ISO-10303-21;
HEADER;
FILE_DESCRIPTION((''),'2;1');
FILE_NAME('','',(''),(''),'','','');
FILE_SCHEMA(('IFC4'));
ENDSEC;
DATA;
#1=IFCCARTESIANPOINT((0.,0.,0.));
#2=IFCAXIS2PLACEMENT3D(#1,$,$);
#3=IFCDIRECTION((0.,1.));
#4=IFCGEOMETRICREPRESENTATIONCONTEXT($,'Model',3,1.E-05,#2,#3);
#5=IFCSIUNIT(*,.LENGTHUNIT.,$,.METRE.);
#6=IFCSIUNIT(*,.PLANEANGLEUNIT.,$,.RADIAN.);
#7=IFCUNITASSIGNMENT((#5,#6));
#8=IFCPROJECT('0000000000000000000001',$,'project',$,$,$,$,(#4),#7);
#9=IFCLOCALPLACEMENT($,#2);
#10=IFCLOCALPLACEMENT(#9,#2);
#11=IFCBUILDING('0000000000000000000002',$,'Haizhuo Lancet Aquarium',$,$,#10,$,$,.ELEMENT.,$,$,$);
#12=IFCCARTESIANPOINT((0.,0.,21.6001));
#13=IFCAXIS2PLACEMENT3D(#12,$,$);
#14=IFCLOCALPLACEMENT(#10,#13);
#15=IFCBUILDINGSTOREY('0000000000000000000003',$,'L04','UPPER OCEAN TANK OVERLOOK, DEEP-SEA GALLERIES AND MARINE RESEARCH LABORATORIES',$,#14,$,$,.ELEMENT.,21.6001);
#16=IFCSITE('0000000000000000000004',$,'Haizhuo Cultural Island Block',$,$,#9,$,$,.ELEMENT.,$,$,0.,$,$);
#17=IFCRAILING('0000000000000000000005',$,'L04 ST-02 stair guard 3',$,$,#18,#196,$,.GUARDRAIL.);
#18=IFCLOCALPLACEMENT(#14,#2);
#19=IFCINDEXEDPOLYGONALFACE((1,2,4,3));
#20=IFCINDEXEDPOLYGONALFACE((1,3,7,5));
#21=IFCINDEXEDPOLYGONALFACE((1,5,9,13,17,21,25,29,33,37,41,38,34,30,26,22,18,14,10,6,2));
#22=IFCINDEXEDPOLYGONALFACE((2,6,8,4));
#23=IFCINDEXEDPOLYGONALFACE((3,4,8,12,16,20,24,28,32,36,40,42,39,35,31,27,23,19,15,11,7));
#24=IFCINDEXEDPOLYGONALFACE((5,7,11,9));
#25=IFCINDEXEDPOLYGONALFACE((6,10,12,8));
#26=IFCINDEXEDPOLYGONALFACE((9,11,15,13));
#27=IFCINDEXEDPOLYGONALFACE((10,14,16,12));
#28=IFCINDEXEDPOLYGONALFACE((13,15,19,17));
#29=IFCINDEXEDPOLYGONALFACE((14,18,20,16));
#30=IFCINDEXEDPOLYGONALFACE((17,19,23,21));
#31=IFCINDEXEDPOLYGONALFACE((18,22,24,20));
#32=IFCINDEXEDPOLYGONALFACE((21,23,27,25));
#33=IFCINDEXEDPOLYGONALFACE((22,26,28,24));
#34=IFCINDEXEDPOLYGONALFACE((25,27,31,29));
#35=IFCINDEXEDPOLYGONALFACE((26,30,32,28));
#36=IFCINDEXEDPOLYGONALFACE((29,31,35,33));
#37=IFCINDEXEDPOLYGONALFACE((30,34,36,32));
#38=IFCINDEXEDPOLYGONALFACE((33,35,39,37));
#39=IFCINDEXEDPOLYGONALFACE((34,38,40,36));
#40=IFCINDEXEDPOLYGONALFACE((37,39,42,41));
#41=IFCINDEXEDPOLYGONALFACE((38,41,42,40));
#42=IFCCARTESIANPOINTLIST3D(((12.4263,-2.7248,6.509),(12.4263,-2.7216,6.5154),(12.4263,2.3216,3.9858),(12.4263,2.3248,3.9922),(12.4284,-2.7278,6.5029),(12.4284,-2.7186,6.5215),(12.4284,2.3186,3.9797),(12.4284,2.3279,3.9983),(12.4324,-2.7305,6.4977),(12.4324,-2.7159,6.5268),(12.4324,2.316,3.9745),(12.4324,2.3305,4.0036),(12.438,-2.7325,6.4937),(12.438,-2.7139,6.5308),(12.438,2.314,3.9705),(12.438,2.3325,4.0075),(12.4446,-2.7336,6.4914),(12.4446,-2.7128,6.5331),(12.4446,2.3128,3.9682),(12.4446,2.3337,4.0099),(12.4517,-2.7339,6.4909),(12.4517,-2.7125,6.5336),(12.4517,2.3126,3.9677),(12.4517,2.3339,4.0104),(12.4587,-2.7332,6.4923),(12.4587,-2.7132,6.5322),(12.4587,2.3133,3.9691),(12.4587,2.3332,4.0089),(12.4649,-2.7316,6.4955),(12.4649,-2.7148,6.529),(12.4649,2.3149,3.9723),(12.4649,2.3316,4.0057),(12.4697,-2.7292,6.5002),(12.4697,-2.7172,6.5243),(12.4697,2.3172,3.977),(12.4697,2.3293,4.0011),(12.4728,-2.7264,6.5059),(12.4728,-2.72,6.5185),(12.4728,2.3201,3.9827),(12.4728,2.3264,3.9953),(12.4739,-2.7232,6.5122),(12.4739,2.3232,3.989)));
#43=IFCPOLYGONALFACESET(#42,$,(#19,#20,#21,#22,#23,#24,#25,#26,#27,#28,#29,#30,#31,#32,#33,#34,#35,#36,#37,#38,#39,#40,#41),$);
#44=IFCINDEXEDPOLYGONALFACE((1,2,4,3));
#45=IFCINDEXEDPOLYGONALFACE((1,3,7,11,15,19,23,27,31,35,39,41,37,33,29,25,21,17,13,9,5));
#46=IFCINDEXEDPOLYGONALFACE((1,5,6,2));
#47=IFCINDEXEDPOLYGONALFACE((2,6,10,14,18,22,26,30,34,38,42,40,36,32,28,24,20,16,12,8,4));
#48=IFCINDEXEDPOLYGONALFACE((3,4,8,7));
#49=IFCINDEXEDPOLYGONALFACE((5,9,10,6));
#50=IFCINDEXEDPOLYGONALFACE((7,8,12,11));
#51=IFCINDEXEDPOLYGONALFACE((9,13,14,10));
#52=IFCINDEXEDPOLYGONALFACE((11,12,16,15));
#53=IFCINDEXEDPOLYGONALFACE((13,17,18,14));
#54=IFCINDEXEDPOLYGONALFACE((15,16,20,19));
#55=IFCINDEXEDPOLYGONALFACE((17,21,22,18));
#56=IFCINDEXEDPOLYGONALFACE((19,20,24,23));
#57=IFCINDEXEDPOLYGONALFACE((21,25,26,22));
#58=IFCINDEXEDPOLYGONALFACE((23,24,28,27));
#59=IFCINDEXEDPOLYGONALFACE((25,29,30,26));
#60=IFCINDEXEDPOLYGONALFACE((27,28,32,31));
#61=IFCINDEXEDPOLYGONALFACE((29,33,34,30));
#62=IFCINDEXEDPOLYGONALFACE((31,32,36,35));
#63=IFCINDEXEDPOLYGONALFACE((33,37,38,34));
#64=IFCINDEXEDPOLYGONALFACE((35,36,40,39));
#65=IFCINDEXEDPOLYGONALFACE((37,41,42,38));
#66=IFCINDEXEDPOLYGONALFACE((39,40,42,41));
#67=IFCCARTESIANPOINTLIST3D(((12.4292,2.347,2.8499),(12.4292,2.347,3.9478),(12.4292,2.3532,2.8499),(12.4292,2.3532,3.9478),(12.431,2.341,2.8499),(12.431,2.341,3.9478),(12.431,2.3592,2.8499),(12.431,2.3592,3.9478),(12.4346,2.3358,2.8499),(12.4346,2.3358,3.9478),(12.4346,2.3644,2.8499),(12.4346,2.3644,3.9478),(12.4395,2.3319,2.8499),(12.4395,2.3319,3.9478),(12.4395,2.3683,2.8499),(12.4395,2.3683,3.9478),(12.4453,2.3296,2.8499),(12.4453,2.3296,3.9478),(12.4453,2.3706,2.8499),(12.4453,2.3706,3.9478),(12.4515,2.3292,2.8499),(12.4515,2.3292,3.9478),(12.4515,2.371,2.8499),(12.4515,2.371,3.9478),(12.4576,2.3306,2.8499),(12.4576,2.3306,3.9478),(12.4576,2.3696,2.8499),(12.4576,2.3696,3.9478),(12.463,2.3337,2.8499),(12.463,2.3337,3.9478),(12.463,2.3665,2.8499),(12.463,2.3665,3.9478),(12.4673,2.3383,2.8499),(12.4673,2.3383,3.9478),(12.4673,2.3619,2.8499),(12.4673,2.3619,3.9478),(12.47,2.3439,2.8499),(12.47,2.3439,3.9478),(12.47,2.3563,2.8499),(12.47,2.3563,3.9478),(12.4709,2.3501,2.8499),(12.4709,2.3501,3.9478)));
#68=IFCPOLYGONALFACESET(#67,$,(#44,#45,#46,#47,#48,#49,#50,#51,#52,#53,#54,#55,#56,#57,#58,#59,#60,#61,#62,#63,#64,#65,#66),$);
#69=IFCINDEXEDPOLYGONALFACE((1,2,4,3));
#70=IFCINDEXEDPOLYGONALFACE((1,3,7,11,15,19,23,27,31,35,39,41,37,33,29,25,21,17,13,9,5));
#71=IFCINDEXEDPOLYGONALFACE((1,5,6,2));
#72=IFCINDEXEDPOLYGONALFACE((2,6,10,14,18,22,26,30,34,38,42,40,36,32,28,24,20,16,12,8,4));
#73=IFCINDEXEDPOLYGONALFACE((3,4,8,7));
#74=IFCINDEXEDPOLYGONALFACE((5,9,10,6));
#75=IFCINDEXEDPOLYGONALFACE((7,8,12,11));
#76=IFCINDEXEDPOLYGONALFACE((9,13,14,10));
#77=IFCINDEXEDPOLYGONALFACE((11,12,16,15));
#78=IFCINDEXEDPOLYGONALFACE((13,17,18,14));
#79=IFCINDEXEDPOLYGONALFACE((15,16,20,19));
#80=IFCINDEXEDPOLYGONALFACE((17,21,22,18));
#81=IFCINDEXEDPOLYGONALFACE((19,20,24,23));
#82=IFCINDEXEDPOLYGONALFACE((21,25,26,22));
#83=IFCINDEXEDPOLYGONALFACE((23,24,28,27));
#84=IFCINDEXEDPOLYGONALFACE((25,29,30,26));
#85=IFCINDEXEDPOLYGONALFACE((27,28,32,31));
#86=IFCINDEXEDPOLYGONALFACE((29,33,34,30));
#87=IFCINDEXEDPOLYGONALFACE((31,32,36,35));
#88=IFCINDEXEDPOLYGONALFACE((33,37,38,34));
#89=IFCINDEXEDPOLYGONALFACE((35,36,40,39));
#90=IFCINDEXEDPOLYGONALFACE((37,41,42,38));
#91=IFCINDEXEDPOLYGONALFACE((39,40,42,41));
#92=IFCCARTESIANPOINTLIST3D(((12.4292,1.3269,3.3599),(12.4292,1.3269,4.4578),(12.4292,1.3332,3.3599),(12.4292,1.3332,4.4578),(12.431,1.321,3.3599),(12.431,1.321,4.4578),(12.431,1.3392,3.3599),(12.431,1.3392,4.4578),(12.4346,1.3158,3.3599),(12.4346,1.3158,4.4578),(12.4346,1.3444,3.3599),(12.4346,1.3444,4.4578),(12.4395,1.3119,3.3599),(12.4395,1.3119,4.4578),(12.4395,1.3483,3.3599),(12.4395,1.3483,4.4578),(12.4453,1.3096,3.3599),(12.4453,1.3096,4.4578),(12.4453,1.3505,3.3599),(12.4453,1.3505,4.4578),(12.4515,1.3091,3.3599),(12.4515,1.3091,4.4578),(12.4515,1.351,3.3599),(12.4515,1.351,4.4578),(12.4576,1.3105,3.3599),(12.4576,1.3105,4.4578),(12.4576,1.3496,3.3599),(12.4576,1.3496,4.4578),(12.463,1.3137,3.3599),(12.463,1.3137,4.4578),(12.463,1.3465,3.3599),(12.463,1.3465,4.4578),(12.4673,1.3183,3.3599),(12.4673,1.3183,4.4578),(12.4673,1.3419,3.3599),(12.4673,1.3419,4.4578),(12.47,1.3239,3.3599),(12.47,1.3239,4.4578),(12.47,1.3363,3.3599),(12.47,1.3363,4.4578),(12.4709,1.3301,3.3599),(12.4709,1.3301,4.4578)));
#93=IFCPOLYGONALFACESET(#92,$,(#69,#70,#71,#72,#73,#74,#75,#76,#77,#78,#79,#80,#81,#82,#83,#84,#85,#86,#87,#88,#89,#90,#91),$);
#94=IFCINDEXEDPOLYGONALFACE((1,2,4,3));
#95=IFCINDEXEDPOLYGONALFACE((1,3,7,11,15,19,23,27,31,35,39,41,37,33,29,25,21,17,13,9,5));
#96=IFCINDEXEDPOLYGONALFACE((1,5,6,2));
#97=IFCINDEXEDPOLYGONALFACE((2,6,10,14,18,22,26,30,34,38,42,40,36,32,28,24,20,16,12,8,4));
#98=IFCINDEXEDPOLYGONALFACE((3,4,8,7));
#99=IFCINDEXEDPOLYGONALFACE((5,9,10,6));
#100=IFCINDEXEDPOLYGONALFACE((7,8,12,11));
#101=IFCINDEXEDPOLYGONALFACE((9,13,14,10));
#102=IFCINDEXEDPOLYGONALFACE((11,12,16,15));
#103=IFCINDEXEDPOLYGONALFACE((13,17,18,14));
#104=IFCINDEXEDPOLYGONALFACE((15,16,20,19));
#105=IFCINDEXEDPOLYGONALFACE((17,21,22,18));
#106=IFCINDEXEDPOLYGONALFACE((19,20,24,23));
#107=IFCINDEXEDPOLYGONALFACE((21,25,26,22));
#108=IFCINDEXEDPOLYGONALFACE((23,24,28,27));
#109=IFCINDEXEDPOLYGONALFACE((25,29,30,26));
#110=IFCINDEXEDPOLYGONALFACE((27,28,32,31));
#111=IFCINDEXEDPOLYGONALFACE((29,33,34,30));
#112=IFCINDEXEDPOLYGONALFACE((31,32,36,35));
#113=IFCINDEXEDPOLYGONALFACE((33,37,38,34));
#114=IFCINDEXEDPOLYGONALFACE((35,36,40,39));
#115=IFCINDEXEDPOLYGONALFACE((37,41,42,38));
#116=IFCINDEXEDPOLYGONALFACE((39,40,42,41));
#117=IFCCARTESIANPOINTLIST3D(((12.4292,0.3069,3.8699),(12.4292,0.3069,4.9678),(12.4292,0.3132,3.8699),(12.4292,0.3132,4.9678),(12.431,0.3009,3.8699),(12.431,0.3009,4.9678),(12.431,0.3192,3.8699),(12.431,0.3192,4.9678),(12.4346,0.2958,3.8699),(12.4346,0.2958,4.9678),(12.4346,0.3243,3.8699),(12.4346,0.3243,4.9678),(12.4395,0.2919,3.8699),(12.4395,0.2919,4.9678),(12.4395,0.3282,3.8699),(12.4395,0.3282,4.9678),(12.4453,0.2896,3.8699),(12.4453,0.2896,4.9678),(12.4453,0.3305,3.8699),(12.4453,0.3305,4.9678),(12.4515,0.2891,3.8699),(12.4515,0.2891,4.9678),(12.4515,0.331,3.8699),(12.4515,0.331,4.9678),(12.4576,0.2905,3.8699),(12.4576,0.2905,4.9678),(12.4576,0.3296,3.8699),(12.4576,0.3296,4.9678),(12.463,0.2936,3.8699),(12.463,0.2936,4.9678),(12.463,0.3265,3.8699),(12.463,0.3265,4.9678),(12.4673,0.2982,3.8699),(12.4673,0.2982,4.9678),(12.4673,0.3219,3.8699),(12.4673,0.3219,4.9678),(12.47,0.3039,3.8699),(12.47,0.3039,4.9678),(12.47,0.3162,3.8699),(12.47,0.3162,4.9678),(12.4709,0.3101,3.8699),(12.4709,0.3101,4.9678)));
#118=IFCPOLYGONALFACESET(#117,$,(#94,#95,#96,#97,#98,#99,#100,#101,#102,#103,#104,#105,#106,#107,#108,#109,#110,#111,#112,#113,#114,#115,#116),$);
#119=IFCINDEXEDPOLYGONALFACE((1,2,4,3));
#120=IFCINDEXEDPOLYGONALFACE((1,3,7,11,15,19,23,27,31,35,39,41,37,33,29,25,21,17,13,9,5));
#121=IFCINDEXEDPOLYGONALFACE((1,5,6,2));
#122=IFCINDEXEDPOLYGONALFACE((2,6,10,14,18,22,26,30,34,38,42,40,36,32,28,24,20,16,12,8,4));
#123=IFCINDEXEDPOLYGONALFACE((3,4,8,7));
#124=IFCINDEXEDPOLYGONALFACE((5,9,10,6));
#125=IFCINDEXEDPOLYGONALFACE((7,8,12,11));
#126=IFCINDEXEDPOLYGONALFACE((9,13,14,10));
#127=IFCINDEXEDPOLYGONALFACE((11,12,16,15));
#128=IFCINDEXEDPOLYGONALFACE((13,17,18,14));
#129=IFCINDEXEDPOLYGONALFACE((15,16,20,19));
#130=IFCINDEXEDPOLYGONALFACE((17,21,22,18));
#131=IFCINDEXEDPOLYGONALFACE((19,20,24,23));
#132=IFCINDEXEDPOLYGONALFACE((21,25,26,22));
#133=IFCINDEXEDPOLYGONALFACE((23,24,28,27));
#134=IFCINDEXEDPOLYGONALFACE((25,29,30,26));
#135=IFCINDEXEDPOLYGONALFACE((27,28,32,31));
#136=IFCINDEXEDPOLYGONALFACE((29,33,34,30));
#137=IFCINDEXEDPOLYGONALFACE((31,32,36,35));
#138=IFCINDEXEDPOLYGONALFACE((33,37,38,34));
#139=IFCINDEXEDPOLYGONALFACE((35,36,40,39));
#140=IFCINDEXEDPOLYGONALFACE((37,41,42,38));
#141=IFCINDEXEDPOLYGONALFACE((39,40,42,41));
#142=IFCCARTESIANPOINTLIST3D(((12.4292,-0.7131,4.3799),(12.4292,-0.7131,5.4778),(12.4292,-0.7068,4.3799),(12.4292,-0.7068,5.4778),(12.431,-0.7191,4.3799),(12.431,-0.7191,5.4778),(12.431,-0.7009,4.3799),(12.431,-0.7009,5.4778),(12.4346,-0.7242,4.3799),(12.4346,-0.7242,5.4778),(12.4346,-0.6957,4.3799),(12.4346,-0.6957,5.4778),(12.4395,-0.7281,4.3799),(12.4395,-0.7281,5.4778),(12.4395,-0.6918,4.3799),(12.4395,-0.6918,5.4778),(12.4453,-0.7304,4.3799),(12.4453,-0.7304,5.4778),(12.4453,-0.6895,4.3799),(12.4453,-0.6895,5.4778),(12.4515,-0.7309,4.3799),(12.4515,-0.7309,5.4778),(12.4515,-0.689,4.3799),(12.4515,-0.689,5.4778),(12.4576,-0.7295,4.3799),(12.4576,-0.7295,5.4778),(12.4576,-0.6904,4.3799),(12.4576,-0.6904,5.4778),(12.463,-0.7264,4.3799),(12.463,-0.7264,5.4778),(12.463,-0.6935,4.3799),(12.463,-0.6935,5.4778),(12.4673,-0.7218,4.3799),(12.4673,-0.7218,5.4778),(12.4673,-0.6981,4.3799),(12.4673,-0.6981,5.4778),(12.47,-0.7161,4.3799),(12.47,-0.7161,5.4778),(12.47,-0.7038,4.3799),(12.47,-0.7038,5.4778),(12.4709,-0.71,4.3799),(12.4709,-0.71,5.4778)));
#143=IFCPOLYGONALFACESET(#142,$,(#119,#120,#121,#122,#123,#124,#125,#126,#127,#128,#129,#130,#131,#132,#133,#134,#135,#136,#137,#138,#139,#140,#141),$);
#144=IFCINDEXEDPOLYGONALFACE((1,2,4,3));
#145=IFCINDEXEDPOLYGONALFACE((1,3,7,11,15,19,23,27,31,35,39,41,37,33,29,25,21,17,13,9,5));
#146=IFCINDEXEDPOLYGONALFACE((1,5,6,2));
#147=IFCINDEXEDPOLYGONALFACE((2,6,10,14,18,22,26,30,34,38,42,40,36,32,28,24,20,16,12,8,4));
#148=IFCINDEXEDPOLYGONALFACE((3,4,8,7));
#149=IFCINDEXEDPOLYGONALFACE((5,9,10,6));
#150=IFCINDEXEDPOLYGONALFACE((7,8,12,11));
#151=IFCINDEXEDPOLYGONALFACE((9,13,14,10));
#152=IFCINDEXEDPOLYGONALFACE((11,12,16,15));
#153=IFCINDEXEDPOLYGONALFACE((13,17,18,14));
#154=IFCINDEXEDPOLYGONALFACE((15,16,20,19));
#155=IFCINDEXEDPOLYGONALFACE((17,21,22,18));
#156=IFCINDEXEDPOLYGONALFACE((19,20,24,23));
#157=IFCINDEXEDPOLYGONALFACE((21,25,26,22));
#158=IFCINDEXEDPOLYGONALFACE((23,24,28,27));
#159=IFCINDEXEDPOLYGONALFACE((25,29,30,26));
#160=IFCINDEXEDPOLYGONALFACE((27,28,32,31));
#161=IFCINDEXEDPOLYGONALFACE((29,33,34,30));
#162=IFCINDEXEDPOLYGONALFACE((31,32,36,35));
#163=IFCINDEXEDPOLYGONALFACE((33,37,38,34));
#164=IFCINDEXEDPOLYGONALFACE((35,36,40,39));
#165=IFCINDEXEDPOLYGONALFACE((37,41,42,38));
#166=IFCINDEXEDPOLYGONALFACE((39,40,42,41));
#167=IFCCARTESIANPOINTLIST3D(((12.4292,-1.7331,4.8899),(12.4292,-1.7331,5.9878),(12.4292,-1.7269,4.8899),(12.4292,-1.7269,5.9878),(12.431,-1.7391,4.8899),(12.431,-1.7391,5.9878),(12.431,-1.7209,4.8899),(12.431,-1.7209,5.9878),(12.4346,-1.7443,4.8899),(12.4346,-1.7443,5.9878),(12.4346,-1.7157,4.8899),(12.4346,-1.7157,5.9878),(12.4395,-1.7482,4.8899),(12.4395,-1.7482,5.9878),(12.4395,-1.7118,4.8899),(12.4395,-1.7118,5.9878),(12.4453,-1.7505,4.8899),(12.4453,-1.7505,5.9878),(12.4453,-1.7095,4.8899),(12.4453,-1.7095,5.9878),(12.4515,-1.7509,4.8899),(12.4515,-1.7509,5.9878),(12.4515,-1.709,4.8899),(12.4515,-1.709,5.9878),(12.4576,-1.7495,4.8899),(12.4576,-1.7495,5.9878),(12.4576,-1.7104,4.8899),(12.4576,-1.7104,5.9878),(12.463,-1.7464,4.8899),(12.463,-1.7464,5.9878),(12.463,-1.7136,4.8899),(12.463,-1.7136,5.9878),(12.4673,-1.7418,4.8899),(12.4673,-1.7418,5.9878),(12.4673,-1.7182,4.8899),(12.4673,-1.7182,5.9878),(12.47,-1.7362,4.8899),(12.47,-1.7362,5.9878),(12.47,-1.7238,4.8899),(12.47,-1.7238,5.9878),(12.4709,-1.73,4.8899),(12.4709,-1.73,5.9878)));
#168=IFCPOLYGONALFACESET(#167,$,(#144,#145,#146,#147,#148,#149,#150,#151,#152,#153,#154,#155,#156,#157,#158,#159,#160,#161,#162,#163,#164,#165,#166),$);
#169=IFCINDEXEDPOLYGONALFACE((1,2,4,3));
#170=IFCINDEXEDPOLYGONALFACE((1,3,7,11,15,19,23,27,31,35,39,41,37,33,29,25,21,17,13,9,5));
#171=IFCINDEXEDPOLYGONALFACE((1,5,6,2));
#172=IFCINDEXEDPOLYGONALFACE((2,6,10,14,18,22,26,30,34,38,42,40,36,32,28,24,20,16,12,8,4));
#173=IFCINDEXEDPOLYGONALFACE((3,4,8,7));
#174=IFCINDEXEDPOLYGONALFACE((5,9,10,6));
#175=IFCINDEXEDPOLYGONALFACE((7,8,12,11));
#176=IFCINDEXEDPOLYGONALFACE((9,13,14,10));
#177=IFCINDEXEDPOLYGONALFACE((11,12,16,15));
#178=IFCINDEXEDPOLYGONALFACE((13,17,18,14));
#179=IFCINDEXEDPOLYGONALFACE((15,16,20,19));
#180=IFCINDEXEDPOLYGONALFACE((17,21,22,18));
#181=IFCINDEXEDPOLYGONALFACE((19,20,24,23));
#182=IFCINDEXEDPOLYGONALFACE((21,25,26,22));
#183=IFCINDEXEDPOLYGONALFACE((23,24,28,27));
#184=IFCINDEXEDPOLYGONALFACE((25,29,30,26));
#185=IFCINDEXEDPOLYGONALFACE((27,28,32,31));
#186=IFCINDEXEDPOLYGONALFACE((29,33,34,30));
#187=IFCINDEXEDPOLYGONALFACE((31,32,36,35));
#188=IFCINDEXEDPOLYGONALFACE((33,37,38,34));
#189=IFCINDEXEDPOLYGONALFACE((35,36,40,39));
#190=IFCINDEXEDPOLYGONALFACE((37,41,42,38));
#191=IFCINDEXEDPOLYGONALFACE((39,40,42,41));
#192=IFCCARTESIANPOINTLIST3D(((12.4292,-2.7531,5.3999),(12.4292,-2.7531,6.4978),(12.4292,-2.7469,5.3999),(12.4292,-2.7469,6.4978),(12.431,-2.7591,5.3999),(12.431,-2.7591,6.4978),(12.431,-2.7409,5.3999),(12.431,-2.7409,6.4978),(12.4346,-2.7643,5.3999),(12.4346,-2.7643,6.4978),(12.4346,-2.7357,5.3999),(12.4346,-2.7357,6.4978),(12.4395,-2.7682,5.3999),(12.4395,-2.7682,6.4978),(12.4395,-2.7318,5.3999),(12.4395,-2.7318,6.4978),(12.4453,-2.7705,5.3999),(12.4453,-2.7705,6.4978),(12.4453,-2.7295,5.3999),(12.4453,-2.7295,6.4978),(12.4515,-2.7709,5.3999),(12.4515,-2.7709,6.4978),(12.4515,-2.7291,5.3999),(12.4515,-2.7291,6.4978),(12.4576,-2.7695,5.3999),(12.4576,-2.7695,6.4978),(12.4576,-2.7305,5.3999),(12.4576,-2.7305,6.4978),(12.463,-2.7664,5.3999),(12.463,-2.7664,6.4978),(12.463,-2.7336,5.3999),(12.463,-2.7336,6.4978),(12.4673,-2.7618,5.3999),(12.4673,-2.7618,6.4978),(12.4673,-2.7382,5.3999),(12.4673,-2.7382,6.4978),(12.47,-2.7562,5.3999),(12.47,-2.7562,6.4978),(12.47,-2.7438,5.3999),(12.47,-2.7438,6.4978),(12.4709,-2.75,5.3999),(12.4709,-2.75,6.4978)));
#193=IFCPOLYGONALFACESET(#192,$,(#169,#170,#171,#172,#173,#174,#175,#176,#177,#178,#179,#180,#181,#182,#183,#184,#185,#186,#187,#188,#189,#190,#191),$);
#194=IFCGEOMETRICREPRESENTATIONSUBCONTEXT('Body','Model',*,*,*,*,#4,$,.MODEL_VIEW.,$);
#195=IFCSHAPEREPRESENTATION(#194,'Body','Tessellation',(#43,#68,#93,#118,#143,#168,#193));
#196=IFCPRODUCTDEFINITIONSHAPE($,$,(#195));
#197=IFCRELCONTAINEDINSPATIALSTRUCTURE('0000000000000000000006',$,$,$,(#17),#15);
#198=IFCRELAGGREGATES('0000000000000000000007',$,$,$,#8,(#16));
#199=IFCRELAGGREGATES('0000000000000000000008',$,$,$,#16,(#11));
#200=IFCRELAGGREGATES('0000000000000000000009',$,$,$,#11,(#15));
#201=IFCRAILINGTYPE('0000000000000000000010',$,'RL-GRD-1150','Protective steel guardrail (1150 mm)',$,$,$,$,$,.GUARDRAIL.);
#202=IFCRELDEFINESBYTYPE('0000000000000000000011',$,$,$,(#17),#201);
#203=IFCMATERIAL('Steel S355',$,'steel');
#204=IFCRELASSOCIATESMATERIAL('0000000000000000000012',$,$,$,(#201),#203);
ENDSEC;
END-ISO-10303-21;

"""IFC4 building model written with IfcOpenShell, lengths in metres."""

from ifc_helpers import new_model, si_unit, direction, frame, origin, origin_2d, place, context, subcontext, project, spatial, circle, extrude, material, type_object, element, save


model = new_model("IFC4")

# Units and contexts
model_context = context("Model", 3, precision=1e-05, world=origin(), true_north=direction((0.0, 1.0)))
body_context = subcontext(model_context, "Body", "Model", "MODEL_VIEW")
ifc_project = project(units=[si_unit("LENGTHUNIT", "METRE"), si_unit("PLANEANGLEUNIT", "RADIAN")], contexts=[model_context])

# Site, building, storey
site_placement = place(None, origin())
site = spatial("IfcSite", under=ifc_project, at=site_placement, Name="Haizhuo Cultural Island Block", CompositionType="ELEMENT", RefElevation=0.0)
building_placement = place(site_placement, origin())
building = spatial("IfcBuilding", under=site, at=building_placement, Name="Haizhuo Lancet Aquarium", CompositionType="ELEMENT")
storey_placement = place(building_placement, frame((0.0, 0.0, 21.6001)))
storey = spatial("IfcBuildingStorey", under=building, at=storey_placement, Name="L04", Description="UPPER OCEAN TANK OVERLOOK, DEEP-SEA GALLERIES AND MARINE RESEARCH LABORATORIES", CompositionType="ELEMENT", Elevation=21.6001)

# Shared definitions
ifc_material_1 = material(Name="Steel S355", Category="steel")

# Railing
railing_type_1 = type_object("IfcRailingType", Name="RL-GRD-1150", Description="Protective steel guardrail (1150 mm)", PredefinedType="GUARDRAIL", material=ifc_material_1)
railing_1_placement = place(storey_placement, frame((12.45, 2.3501, 2.8499)))
element("IfcRailing", 1, at=railing_1_placement, inside=storey, type_object=railing_type_1, Name="L04 ST-02 stair guard 3", PredefinedType="GUARDRAIL", context=body_context, shape_type="SweptSolid", body=[
    extrude(circle(Radius=0.0239, at=origin_2d()), frame((0.0, -0.0269, 1.1392), z_axis=(0.0, -0.894427, 0.447214), x_axis=(1.0, 0.0, 0.0)), (0.0, 0.0, 1.0), 5.6421),
    extrude(circle(Radius=0.021, at=origin_2d()), origin(), (0.0, 0.0, 1.0), 1.0979),
    extrude(circle(Radius=0.021, at=origin_2d()), frame((0.0, -1.02, 0.51)), (0.0, 0.0, 1.0), 1.0979),
    extrude(circle(Radius=0.021, at=origin_2d()), frame((0.0, -2.04, 1.02)), (0.0, 0.0, 1.0), 1.0979),
    extrude(circle(Radius=0.021, at=origin_2d()), frame((0.0, -3.0601, 1.53)), (0.0, 0.0, 1.0), 1.0979),
    extrude(circle(Radius=0.021, at=origin_2d()), frame((0.0, -4.0801, 2.04)), (0.0, 0.0, 1.0), 1.0979),
    extrude(circle(Radius=0.021, at=origin_2d()), frame((0.0, -5.1001, 2.55)), (0.0, 0.0, 1.0), 1.0979),
])

save(model, "model.ifc")
